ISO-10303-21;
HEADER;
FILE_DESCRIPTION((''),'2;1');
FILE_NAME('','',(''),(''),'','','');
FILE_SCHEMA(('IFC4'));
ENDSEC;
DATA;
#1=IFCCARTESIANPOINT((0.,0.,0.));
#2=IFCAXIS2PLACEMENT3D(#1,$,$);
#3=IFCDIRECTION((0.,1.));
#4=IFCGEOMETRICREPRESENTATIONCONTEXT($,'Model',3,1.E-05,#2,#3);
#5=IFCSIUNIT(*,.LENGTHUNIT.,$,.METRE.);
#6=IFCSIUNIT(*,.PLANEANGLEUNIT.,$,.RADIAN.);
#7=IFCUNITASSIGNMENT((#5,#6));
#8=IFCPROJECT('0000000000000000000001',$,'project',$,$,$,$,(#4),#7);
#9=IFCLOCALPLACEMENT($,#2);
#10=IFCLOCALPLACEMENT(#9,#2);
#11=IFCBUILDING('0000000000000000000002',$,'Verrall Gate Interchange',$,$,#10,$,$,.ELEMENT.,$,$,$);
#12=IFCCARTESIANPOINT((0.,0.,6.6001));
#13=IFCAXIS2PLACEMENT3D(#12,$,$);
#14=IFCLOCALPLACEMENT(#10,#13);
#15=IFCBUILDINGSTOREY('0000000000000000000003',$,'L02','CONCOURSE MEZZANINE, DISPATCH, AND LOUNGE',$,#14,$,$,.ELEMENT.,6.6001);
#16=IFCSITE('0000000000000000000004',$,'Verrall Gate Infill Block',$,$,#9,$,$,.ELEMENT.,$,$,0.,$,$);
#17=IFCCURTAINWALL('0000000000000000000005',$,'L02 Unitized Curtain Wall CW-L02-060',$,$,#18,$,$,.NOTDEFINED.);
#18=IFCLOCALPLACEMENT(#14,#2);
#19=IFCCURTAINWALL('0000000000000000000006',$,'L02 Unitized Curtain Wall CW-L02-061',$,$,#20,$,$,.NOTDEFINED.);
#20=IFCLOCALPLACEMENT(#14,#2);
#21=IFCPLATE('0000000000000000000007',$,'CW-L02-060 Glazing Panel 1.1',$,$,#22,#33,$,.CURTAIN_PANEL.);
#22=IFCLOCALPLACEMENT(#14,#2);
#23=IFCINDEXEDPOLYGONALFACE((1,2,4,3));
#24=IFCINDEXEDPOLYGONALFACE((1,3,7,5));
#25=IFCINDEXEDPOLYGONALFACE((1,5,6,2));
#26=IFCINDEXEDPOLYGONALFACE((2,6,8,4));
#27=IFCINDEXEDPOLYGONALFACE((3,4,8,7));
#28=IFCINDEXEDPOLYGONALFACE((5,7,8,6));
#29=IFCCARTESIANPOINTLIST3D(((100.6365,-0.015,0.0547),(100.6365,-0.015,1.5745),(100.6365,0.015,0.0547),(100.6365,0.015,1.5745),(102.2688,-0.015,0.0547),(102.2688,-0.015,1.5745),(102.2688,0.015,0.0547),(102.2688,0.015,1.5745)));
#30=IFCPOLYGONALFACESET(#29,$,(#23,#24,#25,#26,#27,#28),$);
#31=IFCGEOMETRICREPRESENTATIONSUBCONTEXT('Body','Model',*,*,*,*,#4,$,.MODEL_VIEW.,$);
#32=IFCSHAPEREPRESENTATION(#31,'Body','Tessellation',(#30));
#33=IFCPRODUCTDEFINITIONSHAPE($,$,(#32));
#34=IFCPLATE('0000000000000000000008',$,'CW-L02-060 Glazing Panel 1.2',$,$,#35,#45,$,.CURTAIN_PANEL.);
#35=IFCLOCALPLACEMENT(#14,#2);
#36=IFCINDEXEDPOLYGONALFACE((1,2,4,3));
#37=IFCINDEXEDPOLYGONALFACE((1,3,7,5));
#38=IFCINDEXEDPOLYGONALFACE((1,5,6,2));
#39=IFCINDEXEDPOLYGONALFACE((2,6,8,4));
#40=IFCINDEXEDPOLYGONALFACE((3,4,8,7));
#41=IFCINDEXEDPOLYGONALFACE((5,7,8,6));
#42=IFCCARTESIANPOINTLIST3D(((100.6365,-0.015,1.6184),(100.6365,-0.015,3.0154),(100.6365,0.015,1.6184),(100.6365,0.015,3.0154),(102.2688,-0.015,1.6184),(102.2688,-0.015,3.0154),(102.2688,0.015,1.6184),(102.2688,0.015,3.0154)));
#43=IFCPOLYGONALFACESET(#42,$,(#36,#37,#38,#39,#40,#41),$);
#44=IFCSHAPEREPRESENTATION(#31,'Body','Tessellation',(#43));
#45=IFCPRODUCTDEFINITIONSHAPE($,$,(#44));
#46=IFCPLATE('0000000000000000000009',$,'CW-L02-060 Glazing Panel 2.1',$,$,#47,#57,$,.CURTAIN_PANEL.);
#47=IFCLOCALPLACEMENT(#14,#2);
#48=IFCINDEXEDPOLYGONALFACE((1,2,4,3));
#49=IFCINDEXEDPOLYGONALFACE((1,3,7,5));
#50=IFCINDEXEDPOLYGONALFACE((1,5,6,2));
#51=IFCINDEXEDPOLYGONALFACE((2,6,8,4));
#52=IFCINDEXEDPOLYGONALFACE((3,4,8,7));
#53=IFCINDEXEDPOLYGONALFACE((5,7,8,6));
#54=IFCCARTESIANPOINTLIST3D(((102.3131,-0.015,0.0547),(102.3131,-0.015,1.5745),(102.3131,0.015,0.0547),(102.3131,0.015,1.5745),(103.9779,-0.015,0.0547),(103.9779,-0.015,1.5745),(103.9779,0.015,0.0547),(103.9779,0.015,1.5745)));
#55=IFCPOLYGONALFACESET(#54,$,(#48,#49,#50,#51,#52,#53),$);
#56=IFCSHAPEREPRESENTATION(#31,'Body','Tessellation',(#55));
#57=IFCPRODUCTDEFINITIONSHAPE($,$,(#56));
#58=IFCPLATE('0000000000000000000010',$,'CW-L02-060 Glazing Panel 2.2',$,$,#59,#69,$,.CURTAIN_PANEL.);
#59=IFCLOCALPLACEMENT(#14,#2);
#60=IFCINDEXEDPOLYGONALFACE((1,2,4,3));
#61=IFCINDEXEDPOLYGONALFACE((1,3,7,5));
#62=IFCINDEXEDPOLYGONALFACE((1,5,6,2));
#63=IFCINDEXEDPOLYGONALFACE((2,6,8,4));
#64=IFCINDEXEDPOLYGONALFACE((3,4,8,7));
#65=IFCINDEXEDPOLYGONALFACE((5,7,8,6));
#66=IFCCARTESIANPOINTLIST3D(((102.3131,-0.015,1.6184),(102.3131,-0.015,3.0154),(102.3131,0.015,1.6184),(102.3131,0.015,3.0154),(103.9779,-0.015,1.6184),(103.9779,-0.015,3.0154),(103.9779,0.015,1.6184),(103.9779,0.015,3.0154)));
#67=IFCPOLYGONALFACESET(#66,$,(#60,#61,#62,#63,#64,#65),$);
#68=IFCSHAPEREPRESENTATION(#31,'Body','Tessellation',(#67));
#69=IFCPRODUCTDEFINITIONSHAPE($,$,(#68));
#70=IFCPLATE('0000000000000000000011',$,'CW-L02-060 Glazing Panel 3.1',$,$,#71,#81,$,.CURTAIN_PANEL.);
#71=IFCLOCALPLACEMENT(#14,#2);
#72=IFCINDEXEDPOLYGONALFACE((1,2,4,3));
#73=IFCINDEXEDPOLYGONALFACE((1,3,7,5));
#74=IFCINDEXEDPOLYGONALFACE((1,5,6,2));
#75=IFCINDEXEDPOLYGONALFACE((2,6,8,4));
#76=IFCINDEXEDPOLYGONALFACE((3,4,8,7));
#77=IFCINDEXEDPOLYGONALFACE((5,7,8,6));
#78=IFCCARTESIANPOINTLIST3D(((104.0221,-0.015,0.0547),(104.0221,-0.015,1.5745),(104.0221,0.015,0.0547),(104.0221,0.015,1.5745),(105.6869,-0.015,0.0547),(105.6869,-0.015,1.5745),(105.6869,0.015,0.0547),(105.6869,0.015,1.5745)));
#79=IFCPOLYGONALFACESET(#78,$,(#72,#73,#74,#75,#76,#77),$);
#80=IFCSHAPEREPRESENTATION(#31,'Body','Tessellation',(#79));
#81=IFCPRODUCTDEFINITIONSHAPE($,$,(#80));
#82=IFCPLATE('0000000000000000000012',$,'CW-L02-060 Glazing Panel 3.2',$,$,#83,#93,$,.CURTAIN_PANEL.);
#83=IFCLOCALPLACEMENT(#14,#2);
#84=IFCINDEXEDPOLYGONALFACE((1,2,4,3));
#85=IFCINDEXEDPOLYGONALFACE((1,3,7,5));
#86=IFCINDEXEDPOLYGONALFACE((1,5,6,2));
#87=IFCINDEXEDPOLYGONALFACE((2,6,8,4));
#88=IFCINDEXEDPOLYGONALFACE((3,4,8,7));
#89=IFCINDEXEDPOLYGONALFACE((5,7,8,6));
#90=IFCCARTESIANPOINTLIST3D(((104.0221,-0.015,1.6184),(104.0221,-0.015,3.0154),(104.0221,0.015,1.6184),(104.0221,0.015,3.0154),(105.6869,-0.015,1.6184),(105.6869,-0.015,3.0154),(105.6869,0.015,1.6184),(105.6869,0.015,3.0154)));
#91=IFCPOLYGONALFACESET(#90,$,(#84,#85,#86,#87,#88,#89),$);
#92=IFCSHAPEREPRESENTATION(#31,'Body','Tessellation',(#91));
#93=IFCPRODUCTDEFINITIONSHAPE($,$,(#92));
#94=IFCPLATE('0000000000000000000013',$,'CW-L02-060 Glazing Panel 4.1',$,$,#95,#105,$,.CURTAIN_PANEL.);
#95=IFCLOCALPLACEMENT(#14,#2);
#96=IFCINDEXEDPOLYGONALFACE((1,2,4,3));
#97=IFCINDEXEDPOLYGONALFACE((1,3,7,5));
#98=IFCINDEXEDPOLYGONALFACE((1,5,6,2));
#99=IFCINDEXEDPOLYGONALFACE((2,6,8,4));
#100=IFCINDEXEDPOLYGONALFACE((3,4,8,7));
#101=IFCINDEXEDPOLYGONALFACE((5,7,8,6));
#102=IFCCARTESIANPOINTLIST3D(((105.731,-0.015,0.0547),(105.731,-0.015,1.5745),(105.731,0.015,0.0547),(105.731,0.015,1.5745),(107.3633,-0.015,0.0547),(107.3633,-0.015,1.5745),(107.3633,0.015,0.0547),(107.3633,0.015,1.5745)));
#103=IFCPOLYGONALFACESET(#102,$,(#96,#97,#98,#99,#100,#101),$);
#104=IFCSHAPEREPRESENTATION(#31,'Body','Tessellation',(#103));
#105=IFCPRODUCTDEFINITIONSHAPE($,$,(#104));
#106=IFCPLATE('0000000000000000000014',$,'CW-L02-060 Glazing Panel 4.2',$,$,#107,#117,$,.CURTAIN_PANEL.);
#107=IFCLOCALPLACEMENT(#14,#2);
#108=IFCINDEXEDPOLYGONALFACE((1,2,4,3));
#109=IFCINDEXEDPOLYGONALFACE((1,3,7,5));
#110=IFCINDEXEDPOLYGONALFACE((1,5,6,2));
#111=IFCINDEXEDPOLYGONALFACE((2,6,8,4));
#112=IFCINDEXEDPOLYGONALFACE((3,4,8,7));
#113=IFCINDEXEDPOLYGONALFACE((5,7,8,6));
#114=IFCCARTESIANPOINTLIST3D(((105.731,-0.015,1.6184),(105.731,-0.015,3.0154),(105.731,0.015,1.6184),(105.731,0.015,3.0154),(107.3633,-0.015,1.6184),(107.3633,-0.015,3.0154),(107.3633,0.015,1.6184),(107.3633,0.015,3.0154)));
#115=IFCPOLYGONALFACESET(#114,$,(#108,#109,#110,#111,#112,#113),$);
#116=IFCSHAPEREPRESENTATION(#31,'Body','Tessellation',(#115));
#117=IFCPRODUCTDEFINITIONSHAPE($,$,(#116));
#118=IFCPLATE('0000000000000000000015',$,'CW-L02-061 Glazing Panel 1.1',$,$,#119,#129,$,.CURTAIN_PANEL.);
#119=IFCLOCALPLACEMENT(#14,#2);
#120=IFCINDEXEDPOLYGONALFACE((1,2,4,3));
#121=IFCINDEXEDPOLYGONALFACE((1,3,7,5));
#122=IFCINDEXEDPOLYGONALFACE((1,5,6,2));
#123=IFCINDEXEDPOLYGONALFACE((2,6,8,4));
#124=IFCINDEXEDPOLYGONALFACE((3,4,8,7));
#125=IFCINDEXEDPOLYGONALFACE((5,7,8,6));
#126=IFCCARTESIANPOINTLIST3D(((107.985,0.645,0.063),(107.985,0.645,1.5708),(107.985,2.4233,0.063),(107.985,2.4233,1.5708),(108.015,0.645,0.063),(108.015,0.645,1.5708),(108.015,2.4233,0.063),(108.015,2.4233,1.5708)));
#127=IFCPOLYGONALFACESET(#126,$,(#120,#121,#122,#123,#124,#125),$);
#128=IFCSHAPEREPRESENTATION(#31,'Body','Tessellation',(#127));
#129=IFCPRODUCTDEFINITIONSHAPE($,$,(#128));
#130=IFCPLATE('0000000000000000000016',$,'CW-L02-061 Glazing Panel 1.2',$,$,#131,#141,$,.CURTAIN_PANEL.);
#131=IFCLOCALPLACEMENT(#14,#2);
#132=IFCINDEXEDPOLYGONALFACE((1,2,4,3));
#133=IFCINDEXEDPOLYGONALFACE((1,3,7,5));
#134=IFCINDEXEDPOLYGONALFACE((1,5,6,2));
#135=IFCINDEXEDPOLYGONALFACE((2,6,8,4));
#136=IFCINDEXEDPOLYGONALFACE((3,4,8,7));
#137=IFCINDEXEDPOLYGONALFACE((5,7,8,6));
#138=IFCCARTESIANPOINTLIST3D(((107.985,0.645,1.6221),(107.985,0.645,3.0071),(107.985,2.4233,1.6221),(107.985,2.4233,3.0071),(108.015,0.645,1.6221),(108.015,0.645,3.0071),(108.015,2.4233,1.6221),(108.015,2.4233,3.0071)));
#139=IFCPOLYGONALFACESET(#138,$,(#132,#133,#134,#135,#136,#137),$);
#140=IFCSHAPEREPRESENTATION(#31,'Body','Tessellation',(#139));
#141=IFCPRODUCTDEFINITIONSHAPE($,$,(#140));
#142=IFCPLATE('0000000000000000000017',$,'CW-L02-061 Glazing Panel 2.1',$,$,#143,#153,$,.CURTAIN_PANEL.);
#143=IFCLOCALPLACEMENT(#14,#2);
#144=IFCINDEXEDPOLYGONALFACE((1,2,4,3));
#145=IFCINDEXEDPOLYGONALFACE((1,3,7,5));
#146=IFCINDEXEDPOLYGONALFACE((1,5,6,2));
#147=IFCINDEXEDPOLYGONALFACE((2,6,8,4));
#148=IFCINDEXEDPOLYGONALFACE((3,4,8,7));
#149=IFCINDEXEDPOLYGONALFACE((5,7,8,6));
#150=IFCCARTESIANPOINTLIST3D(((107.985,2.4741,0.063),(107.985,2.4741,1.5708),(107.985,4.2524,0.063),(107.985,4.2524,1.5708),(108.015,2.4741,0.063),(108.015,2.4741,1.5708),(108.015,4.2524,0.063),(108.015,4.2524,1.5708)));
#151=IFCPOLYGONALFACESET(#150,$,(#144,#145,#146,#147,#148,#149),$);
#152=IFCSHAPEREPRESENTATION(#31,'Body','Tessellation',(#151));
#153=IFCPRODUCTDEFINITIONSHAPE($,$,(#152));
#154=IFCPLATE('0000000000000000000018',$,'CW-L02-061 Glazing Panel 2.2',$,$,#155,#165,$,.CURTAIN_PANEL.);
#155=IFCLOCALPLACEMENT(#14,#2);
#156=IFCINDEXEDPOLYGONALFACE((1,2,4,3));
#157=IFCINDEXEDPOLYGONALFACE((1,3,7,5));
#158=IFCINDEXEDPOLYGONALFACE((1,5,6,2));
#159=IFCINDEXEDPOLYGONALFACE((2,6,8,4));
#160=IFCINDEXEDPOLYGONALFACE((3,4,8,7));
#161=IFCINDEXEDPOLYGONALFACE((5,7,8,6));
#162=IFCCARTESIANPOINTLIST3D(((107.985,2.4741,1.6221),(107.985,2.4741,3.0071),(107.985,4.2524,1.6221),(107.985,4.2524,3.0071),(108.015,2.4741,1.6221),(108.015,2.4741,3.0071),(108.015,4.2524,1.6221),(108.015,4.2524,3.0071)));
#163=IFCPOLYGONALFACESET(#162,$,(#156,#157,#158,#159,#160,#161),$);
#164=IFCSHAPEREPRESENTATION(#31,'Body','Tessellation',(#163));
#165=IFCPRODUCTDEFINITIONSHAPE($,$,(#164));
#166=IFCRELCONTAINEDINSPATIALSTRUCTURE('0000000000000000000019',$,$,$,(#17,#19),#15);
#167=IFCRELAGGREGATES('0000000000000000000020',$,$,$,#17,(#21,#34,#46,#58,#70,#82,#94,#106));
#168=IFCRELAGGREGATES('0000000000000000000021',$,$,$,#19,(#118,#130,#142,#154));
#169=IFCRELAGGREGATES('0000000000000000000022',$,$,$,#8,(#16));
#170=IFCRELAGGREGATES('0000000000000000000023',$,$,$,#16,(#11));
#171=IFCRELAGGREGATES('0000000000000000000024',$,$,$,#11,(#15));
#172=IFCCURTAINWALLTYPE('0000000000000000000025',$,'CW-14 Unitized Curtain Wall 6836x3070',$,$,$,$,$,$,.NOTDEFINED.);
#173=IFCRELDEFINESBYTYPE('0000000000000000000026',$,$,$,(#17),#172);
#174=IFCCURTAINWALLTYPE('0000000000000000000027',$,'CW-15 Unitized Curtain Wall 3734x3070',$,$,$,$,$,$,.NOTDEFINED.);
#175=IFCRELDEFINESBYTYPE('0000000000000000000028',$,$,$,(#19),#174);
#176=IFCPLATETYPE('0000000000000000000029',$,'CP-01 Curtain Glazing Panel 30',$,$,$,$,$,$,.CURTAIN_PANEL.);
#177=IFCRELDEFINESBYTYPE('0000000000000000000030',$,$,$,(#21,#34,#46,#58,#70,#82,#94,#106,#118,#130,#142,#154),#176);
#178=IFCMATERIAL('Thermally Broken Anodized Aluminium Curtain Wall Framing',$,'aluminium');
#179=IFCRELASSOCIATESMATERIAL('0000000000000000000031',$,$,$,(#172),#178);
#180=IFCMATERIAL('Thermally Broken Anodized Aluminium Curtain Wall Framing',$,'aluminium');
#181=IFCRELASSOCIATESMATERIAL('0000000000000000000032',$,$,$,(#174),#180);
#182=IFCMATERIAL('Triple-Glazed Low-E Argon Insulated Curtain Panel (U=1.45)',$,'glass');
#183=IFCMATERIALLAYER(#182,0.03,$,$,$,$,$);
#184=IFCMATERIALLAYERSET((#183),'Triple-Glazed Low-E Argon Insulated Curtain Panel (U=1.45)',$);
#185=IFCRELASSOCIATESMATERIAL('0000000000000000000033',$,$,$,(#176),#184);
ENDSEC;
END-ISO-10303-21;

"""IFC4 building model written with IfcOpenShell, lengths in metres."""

from ifc_helpers import new_model, si_unit, direction, frame, origin, origin_2d, place, context, subcontext, project, spatial, rectangle, extrude, material, layer, layer_set, type_object, element, aggregate, save


model = new_model("IFC4")

# Units and contexts
model_context = context("Model", 3, precision=1e-05, world=origin(), true_north=direction((0.0, 1.0)))
body_context = subcontext(model_context, "Body", "Model", "MODEL_VIEW")
ifc_project = project(units=[si_unit("LENGTHUNIT", "METRE"), si_unit("PLANEANGLEUNIT", "RADIAN")], contexts=[model_context])

# Site, building, storey
site_placement = place(None, origin())
site = spatial("IfcSite", under=ifc_project, at=site_placement, Name="Verrall Gate Infill Block", CompositionType="ELEMENT", RefElevation=0.0)
building_placement = place(site_placement, origin())
building = spatial("IfcBuilding", under=site, at=building_placement, Name="Verrall Gate Interchange", CompositionType="ELEMENT")
storey_placement = place(building_placement, frame((0.0, 0.0, 6.6001)))
storey = spatial("IfcBuildingStorey", under=building, at=storey_placement, Name="L02", Description="CONCOURSE MEZZANINE, DISPATCH, AND LOUNGE", CompositionType="ELEMENT", Elevation=6.6001)

# Curtain walls
ifc_material_1 = material(Name="Thermally Broken Anodized Aluminium Curtain Wall Framing", Category="aluminium")
curtain_wall_type_1 = type_object("IfcCurtainWallType", Name="CW-14 Unitized Curtain Wall 6836x3070", PredefinedType="NOTDEFINED", material=ifc_material_1)
curtain_wall_1_placement = place(storey_placement, origin())
curtain_wall_1 = element("IfcCurtainWall", 1, at=curtain_wall_1_placement, inside=storey, type_object=curtain_wall_type_1, Name="L02 Unitized Curtain Wall CW-L02-060", PredefinedType="NOTDEFINED")
ifc_material_2 = material(Name="Thermally Broken Anodized Aluminium Curtain Wall Framing", Category="aluminium")
curtain_wall_type_2 = type_object("IfcCurtainWallType", Name="CW-15 Unitized Curtain Wall 3734x3070", PredefinedType="NOTDEFINED", material=ifc_material_2)
curtain_wall_2_placement = place(storey_placement, origin())
curtain_wall_2 = element("IfcCurtainWall", 2, at=curtain_wall_2_placement, inside=storey, type_object=curtain_wall_type_2, Name="L02 Unitized Curtain Wall CW-L02-061", PredefinedType="NOTDEFINED")

# Plates
ifc_material_3 = material(Name="Triple-Glazed Low-E Argon Insulated Curtain Panel (U=1.45)", Category="glass")
ifc_layer_1 = layer(ifc_material_3, 0.03)
ifc_layer_set_1 = layer_set([ifc_layer_1], Name="Triple-Glazed Low-E Argon Insulated Curtain Panel (U=1.45)")
plate_type_1 = type_object("IfcPlateType", Name="CP-01 Curtain Glazing Panel 30", PredefinedType="CURTAIN_PANEL", material=ifc_layer_set_1)
plate_1_placement = place(storey_placement, frame((101.4526, 0.0, 0.0547), z_axis=(0.0, 0.0, 1.0), x_axis=(1.0, 0.0, 0.0)))
plate_1 = element("IfcPlate", 3, at=plate_1_placement, type_object=plate_type_1, Name="CW-L02-060 Glazing Panel 1.1", PredefinedType="CURTAIN_PANEL", context=body_context, shape_type="SweptSolid", body=[
    extrude(rectangle(XDim=1.6323, YDim=0.03, at=origin_2d()), origin(), (0.0, 0.0, 1.0), 1.5198),
])
plate_2_placement = place(storey_placement, frame((101.4526, 0.0, 1.6184), z_axis=(0.0, 0.0, 1.0), x_axis=(1.0, 0.0, 0.0)))
plate_2 = element("IfcPlate", 4, at=plate_2_placement, type_object=plate_type_1, Name="CW-L02-060 Glazing Panel 1.2", PredefinedType="CURTAIN_PANEL", context=body_context, shape_type="SweptSolid", body=[
    extrude(rectangle(XDim=1.6323, YDim=0.03, at=origin_2d()), origin(), (0.0, 0.0, 1.0), 1.397),
])
plate_3_placement = place(storey_placement, frame((103.1455, 0.0, 0.0547), z_axis=(0.0, 0.0, 1.0), x_axis=(1.0, 0.0, 0.0)))
plate_3 = element("IfcPlate", 5, at=plate_3_placement, type_object=plate_type_1, Name="CW-L02-060 Glazing Panel 2.1", PredefinedType="CURTAIN_PANEL", context=body_context, shape_type="SweptSolid", body=[
    extrude(rectangle(XDim=1.6648, YDim=0.03, at=origin_2d()), origin(), (0.0, 0.0, 1.0), 1.5198),
])
plate_4_placement = place(storey_placement, frame((103.1455, 0.0, 1.6184), z_axis=(0.0, 0.0, 1.0), x_axis=(1.0, 0.0, 0.0)))
plate_4 = element("IfcPlate", 6, at=plate_4_placement, type_object=plate_type_1, Name="CW-L02-060 Glazing Panel 2.2", PredefinedType="CURTAIN_PANEL", context=body_context, shape_type="SweptSolid", body=[
    extrude(rectangle(XDim=1.6648, YDim=0.03, at=origin_2d()), origin(), (0.0, 0.0, 1.0), 1.397),
])
plate_5_placement = place(storey_placement, frame((104.8545, 0.0, 0.0547), z_axis=(0.0, 0.0, 1.0), x_axis=(1.0, 0.0, 0.0)))
plate_5 = element("IfcPlate", 7, at=plate_5_placement, type_object=plate_type_1, Name="CW-L02-060 Glazing Panel 3.1", PredefinedType="CURTAIN_PANEL", context=body_context, shape_type="SweptSolid", body=[
    extrude(rectangle(XDim=1.6648, YDim=0.03, at=origin_2d()), origin(), (0.0, 0.0, 1.0), 1.5198),
])
plate_6_placement = place(storey_placement, frame((104.8545, 0.0, 1.6184), z_axis=(0.0, 0.0, 1.0), x_axis=(1.0, 0.0, 0.0)))
plate_6 = element("IfcPlate", 8, at=plate_6_placement, type_object=plate_type_1, Name="CW-L02-060 Glazing Panel 3.2", PredefinedType="CURTAIN_PANEL", context=body_context, shape_type="SweptSolid", body=[
    extrude(rectangle(XDim=1.6648, YDim=0.03, at=origin_2d()), origin(), (0.0, 0.0, 1.0), 1.397),
])
plate_7_placement = place(storey_placement, frame((106.5471, 0.0, 0.0547), z_axis=(0.0, 0.0, 1.0), x_axis=(1.0, 0.0, 0.0)))
plate_7 = element("IfcPlate", 9, at=plate_7_placement, type_object=plate_type_1, Name="CW-L02-060 Glazing Panel 4.1", PredefinedType="CURTAIN_PANEL", context=body_context, shape_type="SweptSolid", body=[
    extrude(rectangle(XDim=1.6323, YDim=0.03, at=origin_2d()), origin(), (0.0, 0.0, 1.0), 1.5198),
])
plate_8_placement = place(storey_placement, frame((106.5471, 0.0, 1.6184), z_axis=(0.0, 0.0, 1.0), x_axis=(1.0, 0.0, 0.0)))
plate_8 = element("IfcPlate", 10, at=plate_8_placement, type_object=plate_type_1, Name="CW-L02-060 Glazing Panel 4.2", PredefinedType="CURTAIN_PANEL", context=body_context, shape_type="SweptSolid", body=[
    extrude(rectangle(XDim=1.6323, YDim=0.03, at=origin_2d()), origin(), (0.0, 0.0, 1.0), 1.397),
])
aggregate(curtain_wall_1, [plate_1, plate_2, plate_3, plate_4, plate_5, plate_6, plate_7, plate_8])
plate_9_placement = place(storey_placement, frame((108.0, 1.5342, 0.063), z_axis=(0.0, 0.0, 1.0), x_axis=(0.0, 1.0, 0.0)))
plate_9 = element("IfcPlate", 11, at=plate_9_placement, type_object=plate_type_1, Name="CW-L02-061 Glazing Panel 1.1", PredefinedType="CURTAIN_PANEL", context=body_context, shape_type="SweptSolid", body=[
    extrude(rectangle(XDim=1.7783, YDim=0.03, at=origin_2d()), origin(), (0.0, 0.0, 1.0), 1.5078),
])
plate_10_placement = place(storey_placement, frame((108.0, 1.5342, 1.6221), z_axis=(0.0, 0.0, 1.0), x_axis=(0.0, 1.0, 0.0)))
plate_10 = element("IfcPlate", 12, at=plate_10_placement, type_object=plate_type_1, Name="CW-L02-061 Glazing Panel 1.2", PredefinedType="CURTAIN_PANEL", context=body_context, shape_type="SweptSolid", body=[
    extrude(rectangle(XDim=1.7783, YDim=0.03, at=origin_2d()), origin(), (0.0, 0.0, 1.0), 1.385),
])
plate_11_placement = place(storey_placement, frame((108.0, 3.3633, 0.063), z_axis=(0.0, 0.0, 1.0), x_axis=(0.0, 1.0, 0.0)))
plate_11 = element("IfcPlate", 13, at=plate_11_placement, type_object=plate_type_1, Name="CW-L02-061 Glazing Panel 2.1", PredefinedType="CURTAIN_PANEL", context=body_context, shape_type="SweptSolid", body=[
    extrude(rectangle(XDim=1.7783, YDim=0.03, at=origin_2d()), origin(), (0.0, 0.0, 1.0), 1.5078),
])
plate_12_placement = place(storey_placement, frame((108.0, 3.3633, 1.6221), z_axis=(0.0, 0.0, 1.0), x_axis=(0.0, 1.0, 0.0)))
plate_12 = element("IfcPlate", 14, at=plate_12_placement, type_object=plate_type_1, Name="CW-L02-061 Glazing Panel 2.2", PredefinedType="CURTAIN_PANEL", context=body_context, shape_type="SweptSolid", body=[
    extrude(rectangle(XDim=1.7783, YDim=0.03, at=origin_2d()), origin(), (0.0, 0.0, 1.0), 1.385),
])
aggregate(curtain_wall_2, [plate_9, plate_10, plate_11, plate_12])

save(model, "model.ifc")
